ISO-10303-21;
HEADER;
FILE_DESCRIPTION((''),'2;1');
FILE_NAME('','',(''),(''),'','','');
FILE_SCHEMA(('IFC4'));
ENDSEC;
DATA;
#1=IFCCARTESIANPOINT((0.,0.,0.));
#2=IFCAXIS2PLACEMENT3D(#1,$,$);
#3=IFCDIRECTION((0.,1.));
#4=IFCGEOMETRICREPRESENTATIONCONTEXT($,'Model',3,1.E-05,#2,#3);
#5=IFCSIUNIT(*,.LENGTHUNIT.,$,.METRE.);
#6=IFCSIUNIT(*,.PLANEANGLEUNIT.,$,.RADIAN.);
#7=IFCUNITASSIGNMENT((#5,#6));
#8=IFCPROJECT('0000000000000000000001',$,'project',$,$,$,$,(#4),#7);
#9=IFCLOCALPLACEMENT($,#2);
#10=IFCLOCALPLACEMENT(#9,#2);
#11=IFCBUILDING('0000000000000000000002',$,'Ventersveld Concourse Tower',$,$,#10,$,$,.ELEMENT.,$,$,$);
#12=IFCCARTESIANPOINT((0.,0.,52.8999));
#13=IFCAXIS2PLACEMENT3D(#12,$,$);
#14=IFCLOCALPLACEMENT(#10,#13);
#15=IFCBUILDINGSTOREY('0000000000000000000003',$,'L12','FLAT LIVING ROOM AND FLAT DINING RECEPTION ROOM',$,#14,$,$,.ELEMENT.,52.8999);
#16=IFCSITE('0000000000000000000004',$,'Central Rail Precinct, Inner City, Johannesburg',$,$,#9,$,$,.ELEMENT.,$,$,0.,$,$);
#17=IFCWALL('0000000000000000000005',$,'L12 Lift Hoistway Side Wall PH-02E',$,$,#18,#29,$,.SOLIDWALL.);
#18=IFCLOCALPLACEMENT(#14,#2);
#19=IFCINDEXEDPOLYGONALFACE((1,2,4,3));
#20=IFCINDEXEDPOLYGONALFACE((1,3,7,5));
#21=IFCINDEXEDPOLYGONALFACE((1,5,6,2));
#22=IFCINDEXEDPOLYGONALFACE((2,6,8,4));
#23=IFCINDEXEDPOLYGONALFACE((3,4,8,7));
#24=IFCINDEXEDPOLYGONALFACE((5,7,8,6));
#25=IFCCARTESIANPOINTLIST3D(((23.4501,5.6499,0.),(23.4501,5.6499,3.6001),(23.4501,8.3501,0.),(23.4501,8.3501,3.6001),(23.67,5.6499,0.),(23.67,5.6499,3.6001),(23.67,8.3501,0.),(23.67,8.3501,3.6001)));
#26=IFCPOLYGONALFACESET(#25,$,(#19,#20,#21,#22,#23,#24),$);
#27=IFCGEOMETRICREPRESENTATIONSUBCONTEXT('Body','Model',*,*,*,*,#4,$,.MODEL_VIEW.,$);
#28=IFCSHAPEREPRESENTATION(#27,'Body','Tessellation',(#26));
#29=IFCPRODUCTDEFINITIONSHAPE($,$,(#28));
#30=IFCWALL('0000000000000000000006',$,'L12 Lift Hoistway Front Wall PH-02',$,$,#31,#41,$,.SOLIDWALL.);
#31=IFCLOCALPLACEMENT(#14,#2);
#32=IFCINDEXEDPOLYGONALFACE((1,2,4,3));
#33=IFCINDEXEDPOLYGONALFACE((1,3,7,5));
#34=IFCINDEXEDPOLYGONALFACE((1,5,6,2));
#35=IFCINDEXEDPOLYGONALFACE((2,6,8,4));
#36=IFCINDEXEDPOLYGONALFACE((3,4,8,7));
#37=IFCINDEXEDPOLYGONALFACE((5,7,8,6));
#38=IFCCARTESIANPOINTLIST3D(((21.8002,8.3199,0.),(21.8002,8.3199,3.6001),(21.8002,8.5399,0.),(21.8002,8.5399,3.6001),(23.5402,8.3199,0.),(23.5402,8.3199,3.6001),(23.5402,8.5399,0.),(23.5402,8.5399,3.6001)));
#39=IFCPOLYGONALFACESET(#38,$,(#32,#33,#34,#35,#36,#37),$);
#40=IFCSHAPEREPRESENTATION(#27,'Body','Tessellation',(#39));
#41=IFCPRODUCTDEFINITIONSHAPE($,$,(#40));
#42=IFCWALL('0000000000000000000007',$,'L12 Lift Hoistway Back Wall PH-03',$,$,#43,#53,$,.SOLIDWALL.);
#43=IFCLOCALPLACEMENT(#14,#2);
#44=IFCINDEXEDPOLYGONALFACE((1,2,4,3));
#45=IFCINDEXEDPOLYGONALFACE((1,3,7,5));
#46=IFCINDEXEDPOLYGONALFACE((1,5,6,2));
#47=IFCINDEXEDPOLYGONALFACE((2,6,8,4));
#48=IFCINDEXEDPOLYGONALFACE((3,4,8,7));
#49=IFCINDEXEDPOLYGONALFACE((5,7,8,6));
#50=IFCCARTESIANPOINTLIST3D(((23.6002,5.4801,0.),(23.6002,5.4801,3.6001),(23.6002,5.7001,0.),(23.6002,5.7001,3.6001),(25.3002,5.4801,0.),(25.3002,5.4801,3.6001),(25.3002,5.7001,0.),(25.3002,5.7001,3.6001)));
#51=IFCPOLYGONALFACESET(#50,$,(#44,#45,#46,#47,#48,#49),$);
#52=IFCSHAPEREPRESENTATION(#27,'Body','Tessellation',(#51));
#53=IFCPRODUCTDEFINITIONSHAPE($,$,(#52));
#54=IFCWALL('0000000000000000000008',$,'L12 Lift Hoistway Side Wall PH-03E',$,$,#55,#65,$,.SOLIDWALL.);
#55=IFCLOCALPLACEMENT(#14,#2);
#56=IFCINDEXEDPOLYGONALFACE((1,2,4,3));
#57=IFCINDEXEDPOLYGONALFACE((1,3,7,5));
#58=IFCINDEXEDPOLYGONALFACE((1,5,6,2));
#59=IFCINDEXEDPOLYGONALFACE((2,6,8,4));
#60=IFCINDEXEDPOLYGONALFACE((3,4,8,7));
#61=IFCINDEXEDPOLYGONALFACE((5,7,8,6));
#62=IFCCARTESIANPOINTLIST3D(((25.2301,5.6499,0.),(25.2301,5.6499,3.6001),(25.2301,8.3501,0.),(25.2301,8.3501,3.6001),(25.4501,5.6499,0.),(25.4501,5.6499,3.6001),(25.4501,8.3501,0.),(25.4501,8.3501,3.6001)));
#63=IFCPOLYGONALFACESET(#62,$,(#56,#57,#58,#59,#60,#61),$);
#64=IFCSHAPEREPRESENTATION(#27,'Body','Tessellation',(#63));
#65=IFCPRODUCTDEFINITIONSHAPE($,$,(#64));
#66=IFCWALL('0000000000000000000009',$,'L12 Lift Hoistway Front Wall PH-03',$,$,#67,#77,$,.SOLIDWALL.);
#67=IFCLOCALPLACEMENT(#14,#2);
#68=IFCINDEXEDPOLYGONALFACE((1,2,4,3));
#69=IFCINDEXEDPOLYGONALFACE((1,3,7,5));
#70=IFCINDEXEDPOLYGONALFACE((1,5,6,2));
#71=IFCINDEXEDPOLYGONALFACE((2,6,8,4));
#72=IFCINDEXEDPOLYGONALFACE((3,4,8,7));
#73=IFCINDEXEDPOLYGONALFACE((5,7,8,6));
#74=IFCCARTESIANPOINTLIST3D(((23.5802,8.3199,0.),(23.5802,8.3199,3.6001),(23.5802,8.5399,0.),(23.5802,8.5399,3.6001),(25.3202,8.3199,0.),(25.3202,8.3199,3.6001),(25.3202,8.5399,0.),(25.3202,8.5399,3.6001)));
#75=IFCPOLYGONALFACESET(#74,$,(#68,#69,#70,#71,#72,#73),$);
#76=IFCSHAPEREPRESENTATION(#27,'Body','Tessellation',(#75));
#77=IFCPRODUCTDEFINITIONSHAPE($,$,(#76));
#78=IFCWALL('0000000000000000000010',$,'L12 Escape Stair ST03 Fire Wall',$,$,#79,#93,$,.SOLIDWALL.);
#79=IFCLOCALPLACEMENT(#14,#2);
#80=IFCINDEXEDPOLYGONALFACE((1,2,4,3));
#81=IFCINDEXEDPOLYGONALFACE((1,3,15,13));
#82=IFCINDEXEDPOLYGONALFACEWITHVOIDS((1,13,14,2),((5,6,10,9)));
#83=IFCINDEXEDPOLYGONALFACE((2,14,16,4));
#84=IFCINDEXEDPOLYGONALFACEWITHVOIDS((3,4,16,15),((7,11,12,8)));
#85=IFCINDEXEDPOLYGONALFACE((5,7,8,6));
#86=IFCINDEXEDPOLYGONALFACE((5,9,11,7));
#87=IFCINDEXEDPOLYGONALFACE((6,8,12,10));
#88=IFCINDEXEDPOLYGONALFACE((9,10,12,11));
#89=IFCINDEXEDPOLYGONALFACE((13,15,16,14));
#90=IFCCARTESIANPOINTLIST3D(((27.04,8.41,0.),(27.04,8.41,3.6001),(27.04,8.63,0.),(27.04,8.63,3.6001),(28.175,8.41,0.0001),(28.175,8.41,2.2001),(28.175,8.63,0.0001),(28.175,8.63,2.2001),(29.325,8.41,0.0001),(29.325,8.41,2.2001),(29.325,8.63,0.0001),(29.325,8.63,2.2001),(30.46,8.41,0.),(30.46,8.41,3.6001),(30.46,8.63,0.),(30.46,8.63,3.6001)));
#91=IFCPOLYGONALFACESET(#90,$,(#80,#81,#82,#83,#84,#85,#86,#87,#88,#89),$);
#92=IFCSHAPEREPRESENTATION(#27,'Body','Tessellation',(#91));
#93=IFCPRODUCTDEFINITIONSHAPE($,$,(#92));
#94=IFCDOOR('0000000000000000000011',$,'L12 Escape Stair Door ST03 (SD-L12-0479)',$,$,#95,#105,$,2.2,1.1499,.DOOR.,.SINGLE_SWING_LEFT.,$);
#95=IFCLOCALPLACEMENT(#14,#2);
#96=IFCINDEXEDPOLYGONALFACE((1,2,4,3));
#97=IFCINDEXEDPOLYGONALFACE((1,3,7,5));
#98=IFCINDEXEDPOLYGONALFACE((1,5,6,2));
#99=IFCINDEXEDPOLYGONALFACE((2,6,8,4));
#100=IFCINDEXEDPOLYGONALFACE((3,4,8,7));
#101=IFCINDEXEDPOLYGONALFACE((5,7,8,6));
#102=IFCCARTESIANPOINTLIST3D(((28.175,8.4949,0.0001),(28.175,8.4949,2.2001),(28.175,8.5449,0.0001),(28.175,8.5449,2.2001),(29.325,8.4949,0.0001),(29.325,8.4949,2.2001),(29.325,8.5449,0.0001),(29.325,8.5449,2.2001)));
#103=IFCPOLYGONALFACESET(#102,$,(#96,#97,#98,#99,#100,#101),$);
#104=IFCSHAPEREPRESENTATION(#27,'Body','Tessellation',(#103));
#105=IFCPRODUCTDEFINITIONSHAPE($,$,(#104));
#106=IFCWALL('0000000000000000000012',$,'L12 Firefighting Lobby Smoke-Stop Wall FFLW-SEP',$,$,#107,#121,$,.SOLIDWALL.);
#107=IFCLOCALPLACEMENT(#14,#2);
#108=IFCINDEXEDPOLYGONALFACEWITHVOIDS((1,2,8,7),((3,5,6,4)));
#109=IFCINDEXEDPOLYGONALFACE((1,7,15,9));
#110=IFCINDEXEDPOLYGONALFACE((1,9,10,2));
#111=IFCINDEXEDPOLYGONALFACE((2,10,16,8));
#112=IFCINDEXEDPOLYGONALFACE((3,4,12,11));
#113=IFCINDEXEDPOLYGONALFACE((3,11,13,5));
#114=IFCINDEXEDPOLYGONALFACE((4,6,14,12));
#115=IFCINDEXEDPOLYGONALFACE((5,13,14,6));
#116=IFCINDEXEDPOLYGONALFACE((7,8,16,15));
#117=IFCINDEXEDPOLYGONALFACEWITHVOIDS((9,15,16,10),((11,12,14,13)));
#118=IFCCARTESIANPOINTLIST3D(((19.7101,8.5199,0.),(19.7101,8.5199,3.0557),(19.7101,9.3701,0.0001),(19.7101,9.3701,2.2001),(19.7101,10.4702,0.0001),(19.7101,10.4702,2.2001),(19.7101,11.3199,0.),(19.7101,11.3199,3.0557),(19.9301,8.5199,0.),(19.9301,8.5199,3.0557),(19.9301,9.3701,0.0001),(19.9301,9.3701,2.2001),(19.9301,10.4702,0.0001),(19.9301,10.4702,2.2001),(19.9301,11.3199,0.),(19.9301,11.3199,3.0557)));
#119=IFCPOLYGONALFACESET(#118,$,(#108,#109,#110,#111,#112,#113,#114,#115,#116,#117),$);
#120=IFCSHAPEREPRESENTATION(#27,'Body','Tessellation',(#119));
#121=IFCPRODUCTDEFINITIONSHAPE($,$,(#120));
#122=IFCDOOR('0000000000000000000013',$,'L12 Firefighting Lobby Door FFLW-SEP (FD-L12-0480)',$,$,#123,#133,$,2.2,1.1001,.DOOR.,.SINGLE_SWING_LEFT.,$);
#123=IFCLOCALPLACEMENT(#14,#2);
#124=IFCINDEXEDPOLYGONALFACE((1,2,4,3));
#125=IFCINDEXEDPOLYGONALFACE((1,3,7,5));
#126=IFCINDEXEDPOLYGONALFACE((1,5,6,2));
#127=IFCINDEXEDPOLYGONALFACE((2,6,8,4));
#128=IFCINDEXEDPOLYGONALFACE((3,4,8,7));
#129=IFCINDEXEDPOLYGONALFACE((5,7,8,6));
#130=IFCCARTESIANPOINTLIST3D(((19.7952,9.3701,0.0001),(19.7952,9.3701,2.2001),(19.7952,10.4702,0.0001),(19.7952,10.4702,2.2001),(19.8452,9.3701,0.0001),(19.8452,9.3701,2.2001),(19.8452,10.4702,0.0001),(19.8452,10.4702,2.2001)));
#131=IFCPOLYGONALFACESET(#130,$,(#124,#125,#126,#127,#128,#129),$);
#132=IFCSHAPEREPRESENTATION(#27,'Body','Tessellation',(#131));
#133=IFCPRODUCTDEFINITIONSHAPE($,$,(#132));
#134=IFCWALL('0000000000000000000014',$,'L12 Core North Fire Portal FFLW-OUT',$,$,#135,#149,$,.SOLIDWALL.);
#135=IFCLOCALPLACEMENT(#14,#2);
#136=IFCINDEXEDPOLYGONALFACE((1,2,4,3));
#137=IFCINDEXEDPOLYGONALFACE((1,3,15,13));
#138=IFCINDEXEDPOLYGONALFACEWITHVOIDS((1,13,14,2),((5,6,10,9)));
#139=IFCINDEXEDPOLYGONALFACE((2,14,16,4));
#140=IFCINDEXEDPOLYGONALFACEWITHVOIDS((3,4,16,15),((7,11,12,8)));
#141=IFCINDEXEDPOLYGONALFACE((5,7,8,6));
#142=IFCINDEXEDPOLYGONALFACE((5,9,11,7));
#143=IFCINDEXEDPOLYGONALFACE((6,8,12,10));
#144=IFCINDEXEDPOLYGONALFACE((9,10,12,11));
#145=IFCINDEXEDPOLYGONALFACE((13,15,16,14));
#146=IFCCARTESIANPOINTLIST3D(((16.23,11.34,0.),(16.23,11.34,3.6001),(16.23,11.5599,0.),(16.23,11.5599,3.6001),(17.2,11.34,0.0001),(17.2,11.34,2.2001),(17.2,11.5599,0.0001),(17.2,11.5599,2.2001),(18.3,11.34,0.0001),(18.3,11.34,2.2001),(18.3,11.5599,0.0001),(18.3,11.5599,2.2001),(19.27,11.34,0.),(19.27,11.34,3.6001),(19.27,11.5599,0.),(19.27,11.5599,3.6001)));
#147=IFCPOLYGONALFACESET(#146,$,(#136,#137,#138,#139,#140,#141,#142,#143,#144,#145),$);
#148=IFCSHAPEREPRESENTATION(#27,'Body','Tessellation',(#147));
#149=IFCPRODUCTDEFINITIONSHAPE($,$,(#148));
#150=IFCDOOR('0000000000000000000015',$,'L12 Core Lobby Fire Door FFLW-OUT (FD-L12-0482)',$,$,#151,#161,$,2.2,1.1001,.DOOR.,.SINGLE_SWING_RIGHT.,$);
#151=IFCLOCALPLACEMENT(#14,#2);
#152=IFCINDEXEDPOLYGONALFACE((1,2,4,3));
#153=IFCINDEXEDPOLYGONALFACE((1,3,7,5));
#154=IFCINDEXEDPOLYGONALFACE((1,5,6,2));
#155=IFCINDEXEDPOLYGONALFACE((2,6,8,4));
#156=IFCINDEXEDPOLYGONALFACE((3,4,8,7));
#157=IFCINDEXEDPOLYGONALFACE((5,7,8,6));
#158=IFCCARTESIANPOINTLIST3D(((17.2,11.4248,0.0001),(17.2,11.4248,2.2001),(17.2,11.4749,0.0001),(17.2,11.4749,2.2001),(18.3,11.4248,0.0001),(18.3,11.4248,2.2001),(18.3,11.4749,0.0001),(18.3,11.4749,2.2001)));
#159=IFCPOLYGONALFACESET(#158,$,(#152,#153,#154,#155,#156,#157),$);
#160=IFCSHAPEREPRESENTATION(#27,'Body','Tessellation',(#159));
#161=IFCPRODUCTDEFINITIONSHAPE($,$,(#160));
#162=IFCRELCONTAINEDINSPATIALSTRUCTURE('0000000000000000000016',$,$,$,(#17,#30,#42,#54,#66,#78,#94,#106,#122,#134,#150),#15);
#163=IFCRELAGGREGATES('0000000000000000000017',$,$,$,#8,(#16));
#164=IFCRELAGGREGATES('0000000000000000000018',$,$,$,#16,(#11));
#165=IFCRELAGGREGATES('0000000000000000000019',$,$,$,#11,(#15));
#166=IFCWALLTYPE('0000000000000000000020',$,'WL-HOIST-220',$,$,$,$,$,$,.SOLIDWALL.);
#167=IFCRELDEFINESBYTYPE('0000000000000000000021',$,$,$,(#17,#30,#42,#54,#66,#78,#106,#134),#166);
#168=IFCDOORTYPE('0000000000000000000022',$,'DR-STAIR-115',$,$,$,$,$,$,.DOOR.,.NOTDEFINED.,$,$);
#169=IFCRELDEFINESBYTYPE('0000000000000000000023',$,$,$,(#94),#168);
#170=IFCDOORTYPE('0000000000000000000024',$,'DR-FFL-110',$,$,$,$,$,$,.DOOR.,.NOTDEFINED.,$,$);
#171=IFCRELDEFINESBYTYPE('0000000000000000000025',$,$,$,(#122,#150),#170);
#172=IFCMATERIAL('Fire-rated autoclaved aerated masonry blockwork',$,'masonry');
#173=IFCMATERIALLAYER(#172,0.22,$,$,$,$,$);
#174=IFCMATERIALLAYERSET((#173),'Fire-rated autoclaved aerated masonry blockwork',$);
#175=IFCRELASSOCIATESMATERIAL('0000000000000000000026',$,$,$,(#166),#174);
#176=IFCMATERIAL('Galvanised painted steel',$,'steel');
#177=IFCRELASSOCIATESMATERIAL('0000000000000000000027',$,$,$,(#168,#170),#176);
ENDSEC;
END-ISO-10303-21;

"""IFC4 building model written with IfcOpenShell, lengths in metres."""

from ifc_helpers import new_model, si_unit, direction, frame, frame_2d, origin, place, context, subcontext, project, spatial, rectangle, extrude, material, layer, layer_set, type_object, element, fill, save


model = new_model("IFC4")

# Units and contexts
model_context = context("Model", 3, precision=1e-05, world=origin(), true_north=direction((0.0, 1.0)))
body_context = subcontext(model_context, "Body", "Model", "MODEL_VIEW")
ifc_project = project(units=[si_unit("LENGTHUNIT", "METRE"), si_unit("PLANEANGLEUNIT", "RADIAN")], contexts=[model_context])

# Site, building, storey
site_placement = place(None, origin())
site = spatial("IfcSite", under=ifc_project, at=site_placement, Name="Central Rail Precinct, Inner City, Johannesburg", CompositionType="ELEMENT", RefElevation=0.0)
building_placement = place(site_placement, origin())
building = spatial("IfcBuilding", under=site, at=building_placement, Name="Ventersveld Concourse Tower", CompositionType="ELEMENT")
storey_placement = place(building_placement, frame((0.0, 0.0, 52.8999)))
storey = spatial("IfcBuildingStorey", under=building, at=storey_placement, Name="L12", Description="FLAT LIVING ROOM AND FLAT DINING RECEPTION ROOM", CompositionType="ELEMENT", Elevation=52.8999)

# Shared definitions
ifc_material_1 = material(Name="Fire-rated autoclaved aerated masonry blockwork", Category="masonry")

# Shared definitions
ifc_layer_1 = layer(ifc_material_1, 0.22)
ifc_layer_set_1 = layer_set([ifc_layer_1], Name="Fire-rated autoclaved aerated masonry blockwork")
wall_type_1 = type_object("IfcWallType", Name="WL-HOIST-220", PredefinedType="SOLIDWALL", material=ifc_layer_set_1)

# Walls
wall_1_placement = place(storey_placement, frame((23.5601, 5.6499, 0.0), z_axis=(0.0, 0.0, 1.0), x_axis=(0.0, 1.0, 0.0)))
element("IfcWall", 1, at=wall_1_placement, inside=storey, type_object=wall_type_1, Name="L12 Lift Hoistway Side Wall PH-02E", PredefinedType="SOLIDWALL", context=body_context, shape_type="SweptSolid", body=[
    extrude(rectangle(XDim=2.7002, YDim=0.22, at=frame_2d((1.3501, 0.0))), origin(), (0.0, 0.0, 1.0), 3.6001),
])
wall_2_placement = place(storey_placement, frame((21.8, 8.4299, 0.0), z_axis=(0.0, 0.0, 1.0), x_axis=(1.0, 0.0, 0.0)))
element("IfcWall", 2, at=wall_2_placement, inside=storey, type_object=wall_type_1, Name="L12 Lift Hoistway Front Wall PH-02", PredefinedType="SOLIDWALL", context=body_context, shape_type="SweptSolid", body=[
    extrude(rectangle(XDim=1.74, YDim=0.22, at=frame_2d((0.8701, 0.0))), origin(), (0.0, 0.0, 1.0), 3.6001),
])
wall_3_placement = place(storey_placement, frame((23.6001, 5.5901, 0.0), z_axis=(0.0, 0.0, 1.0), x_axis=(1.0, 0.0, 0.0)))
element("IfcWall", 3, at=wall_3_placement, inside=storey, type_object=wall_type_1, Name="L12 Lift Hoistway Back Wall PH-03", PredefinedType="SOLIDWALL", context=body_context, shape_type="SweptSolid", body=[
    extrude(rectangle(XDim=1.7, YDim=0.22, at=frame_2d((0.8501, 0.0))), origin(), (0.0, 0.0, 1.0), 3.6001),
])
wall_4_placement = place(storey_placement, frame((25.3401, 5.6499, 0.0), z_axis=(0.0, 0.0, 1.0), x_axis=(0.0, 1.0, 0.0)))
element("IfcWall", 4, at=wall_4_placement, inside=storey, type_object=wall_type_1, Name="L12 Lift Hoistway Side Wall PH-03E", PredefinedType="SOLIDWALL", context=body_context, shape_type="SweptSolid", body=[
    extrude(rectangle(XDim=2.7002, YDim=0.22, at=frame_2d((1.3501, 0.0))), origin(), (0.0, 0.0, 1.0), 3.6001),
])
wall_5_placement = place(storey_placement, frame((23.5801, 8.4299, 0.0), z_axis=(0.0, 0.0, 1.0), x_axis=(1.0, 0.0, 0.0)))
element("IfcWall", 5, at=wall_5_placement, inside=storey, type_object=wall_type_1, Name="L12 Lift Hoistway Front Wall PH-03", PredefinedType="SOLIDWALL", context=body_context, shape_type="SweptSolid", body=[
    extrude(rectangle(XDim=1.74, YDim=0.22, at=frame_2d((0.8701, 0.0))), origin(), (0.0, 0.0, 1.0), 3.6001),
])

# Walls, openings, doors
wall_6_placement = place(storey_placement, frame((27.04, 8.52, 0.0), z_axis=(0.0, 0.0, 1.0), x_axis=(1.0, 0.0, 0.0)))
wall_6 = element("IfcWall", 6, at=wall_6_placement, inside=storey, type_object=wall_type_1, Name="L12 Escape Stair ST03 Fire Wall", PredefinedType="SOLIDWALL", context=body_context, shape_type="SweptSolid", body=[
    extrude(rectangle(XDim=3.4199, YDim=0.22, at=frame_2d((1.71, 0.0))), origin(), (0.0, 0.0, 1.0), 3.6001),
])
opening_1_placement = place(wall_6_placement, frame((1.135, 0.0, 0.0)))
opening_1 = element("IfcOpeningElement", 7, at=opening_1_placement, cuts=wall_6, PredefinedType="OPENING", context=body_context, shape_type="SweptSolid", body=[
    extrude(rectangle(XDim=1.1499, YDim=2.2, at=frame_2d((0.575, 1.1001))), frame((0.0, 0.1201, 0.0), z_axis=(0.0, -1.0, 0.0), x_axis=(1.0, 0.0, 0.0)), (0.0, 0.0, 1.0), 0.24),
])
ifc_material_2 = material(Name="Galvanised painted steel", Category="steel")
door_type_1 = type_object("IfcDoorType", Name="DR-STAIR-115", OperationType="NOTDEFINED", PredefinedType="DOOR", material=ifc_material_2)
door_1_placement = place(opening_1_placement, origin())
door_1 = element("IfcDoor", 8, at=door_1_placement, inside=storey, type_object=door_type_1, Name="L12 Escape Stair Door ST03 (SD-L12-0479)", OperationType="SINGLE_SWING_LEFT", OverallHeight=2.2, OverallWidth=1.1499, PredefinedType="DOOR", context=body_context, shape_type="SweptSolid", body=[
    extrude(rectangle(XDim=1.1499, YDim=2.2, at=frame_2d((0.575, 1.1001))), frame((0.0, 0.0249, 0.0), z_axis=(0.0, -1.0, 0.0), x_axis=(1.0, 0.0, 0.0)), (0.0, 0.0, 1.0), 0.05),
])
fill(opening_1, door_1)
wall_7_placement = place(storey_placement, frame((19.8201, 8.52, 0.0), z_axis=(0.0, 0.0, 1.0), x_axis=(0.0, 1.0, 0.0)))
wall_7 = element("IfcWall", 9, at=wall_7_placement, inside=storey, type_object=wall_type_1, Name="L12 Firefighting Lobby Smoke-Stop Wall FFLW-SEP", PredefinedType="SOLIDWALL", context=body_context, shape_type="SweptSolid", body=[
    extrude(rectangle(XDim=2.8, YDim=0.22, at=frame_2d((1.3999, 0.0))), origin(), (0.0, 0.0, 1.0), 3.0557),
])
opening_2_placement = place(wall_7_placement, frame((0.8501, 0.0, 0.0)))
opening_2 = element("IfcOpeningElement", 10, at=opening_2_placement, cuts=wall_7, PredefinedType="OPENING", context=body_context, shape_type="SweptSolid", body=[
    extrude(rectangle(XDim=1.1001, YDim=2.2, at=frame_2d((0.55, 1.1001))), frame((0.0, 0.1201, 0.0), z_axis=(0.0, -1.0, 0.0), x_axis=(1.0, 0.0, 0.0)), (0.0, 0.0, 1.0), 0.24),
])
door_type_2 = type_object("IfcDoorType", Name="DR-FFL-110", OperationType="NOTDEFINED", PredefinedType="DOOR", material=ifc_material_2)
door_2_placement = place(opening_2_placement, origin())
door_2 = element("IfcDoor", 11, at=door_2_placement, inside=storey, type_object=door_type_2, Name="L12 Firefighting Lobby Door FFLW-SEP (FD-L12-0480)", OperationType="SINGLE_SWING_LEFT", OverallHeight=2.2, OverallWidth=1.1001, PredefinedType="DOOR", context=body_context, shape_type="SweptSolid", body=[
    extrude(rectangle(XDim=1.1001, YDim=2.2, at=frame_2d((0.55, 1.1001))), frame((0.0, 0.0249, 0.0), z_axis=(0.0, -1.0, 0.0), x_axis=(1.0, 0.0, 0.0)), (0.0, 0.0, 1.0), 0.05),
])
fill(opening_2, door_2)
wall_8_placement = place(storey_placement, frame((16.23, 11.45, 0.0), z_axis=(0.0, 0.0, 1.0), x_axis=(1.0, 0.0, 0.0)))
wall_8 = element("IfcWall", 12, at=wall_8_placement, inside=storey, type_object=wall_type_1, Name="L12 Core North Fire Portal FFLW-OUT", PredefinedType="SOLIDWALL", context=body_context, shape_type="SweptSolid", body=[
    extrude(rectangle(XDim=3.04, YDim=0.22, at=frame_2d((1.52, 0.0))), origin(), (0.0, 0.0, 1.0), 3.6001),
])
opening_3_placement = place(wall_8_placement, frame((0.97, 0.0, 0.0)))
opening_3 = element("IfcOpeningElement", 13, at=opening_3_placement, cuts=wall_8, PredefinedType="OPENING", context=body_context, shape_type="SweptSolid", body=[
    extrude(rectangle(XDim=1.1001, YDim=2.2, at=frame_2d((0.55, 1.1001))), frame((0.0, 0.1201, 0.0), z_axis=(0.0, -1.0, 0.0), x_axis=(1.0, 0.0, 0.0)), (0.0, 0.0, 1.0), 0.24),
])
door_3_placement = place(opening_3_placement, origin())
door_3 = element("IfcDoor", 14, at=door_3_placement, inside=storey, type_object=door_type_2, Name="L12 Core Lobby Fire Door FFLW-OUT (FD-L12-0482)", OperationType="SINGLE_SWING_RIGHT", OverallHeight=2.2, OverallWidth=1.1001, PredefinedType="DOOR", context=body_context, shape_type="SweptSolid", body=[
    extrude(rectangle(XDim=1.1001, YDim=2.2, at=frame_2d((0.55, 1.1001))), frame((0.0, 0.0249, 0.0), z_axis=(0.0, -1.0, 0.0), x_axis=(1.0, 0.0, 0.0)), (0.0, 0.0, 1.0), 0.05),
])
fill(opening_3, door_3)

save(model, "model.ifc")
